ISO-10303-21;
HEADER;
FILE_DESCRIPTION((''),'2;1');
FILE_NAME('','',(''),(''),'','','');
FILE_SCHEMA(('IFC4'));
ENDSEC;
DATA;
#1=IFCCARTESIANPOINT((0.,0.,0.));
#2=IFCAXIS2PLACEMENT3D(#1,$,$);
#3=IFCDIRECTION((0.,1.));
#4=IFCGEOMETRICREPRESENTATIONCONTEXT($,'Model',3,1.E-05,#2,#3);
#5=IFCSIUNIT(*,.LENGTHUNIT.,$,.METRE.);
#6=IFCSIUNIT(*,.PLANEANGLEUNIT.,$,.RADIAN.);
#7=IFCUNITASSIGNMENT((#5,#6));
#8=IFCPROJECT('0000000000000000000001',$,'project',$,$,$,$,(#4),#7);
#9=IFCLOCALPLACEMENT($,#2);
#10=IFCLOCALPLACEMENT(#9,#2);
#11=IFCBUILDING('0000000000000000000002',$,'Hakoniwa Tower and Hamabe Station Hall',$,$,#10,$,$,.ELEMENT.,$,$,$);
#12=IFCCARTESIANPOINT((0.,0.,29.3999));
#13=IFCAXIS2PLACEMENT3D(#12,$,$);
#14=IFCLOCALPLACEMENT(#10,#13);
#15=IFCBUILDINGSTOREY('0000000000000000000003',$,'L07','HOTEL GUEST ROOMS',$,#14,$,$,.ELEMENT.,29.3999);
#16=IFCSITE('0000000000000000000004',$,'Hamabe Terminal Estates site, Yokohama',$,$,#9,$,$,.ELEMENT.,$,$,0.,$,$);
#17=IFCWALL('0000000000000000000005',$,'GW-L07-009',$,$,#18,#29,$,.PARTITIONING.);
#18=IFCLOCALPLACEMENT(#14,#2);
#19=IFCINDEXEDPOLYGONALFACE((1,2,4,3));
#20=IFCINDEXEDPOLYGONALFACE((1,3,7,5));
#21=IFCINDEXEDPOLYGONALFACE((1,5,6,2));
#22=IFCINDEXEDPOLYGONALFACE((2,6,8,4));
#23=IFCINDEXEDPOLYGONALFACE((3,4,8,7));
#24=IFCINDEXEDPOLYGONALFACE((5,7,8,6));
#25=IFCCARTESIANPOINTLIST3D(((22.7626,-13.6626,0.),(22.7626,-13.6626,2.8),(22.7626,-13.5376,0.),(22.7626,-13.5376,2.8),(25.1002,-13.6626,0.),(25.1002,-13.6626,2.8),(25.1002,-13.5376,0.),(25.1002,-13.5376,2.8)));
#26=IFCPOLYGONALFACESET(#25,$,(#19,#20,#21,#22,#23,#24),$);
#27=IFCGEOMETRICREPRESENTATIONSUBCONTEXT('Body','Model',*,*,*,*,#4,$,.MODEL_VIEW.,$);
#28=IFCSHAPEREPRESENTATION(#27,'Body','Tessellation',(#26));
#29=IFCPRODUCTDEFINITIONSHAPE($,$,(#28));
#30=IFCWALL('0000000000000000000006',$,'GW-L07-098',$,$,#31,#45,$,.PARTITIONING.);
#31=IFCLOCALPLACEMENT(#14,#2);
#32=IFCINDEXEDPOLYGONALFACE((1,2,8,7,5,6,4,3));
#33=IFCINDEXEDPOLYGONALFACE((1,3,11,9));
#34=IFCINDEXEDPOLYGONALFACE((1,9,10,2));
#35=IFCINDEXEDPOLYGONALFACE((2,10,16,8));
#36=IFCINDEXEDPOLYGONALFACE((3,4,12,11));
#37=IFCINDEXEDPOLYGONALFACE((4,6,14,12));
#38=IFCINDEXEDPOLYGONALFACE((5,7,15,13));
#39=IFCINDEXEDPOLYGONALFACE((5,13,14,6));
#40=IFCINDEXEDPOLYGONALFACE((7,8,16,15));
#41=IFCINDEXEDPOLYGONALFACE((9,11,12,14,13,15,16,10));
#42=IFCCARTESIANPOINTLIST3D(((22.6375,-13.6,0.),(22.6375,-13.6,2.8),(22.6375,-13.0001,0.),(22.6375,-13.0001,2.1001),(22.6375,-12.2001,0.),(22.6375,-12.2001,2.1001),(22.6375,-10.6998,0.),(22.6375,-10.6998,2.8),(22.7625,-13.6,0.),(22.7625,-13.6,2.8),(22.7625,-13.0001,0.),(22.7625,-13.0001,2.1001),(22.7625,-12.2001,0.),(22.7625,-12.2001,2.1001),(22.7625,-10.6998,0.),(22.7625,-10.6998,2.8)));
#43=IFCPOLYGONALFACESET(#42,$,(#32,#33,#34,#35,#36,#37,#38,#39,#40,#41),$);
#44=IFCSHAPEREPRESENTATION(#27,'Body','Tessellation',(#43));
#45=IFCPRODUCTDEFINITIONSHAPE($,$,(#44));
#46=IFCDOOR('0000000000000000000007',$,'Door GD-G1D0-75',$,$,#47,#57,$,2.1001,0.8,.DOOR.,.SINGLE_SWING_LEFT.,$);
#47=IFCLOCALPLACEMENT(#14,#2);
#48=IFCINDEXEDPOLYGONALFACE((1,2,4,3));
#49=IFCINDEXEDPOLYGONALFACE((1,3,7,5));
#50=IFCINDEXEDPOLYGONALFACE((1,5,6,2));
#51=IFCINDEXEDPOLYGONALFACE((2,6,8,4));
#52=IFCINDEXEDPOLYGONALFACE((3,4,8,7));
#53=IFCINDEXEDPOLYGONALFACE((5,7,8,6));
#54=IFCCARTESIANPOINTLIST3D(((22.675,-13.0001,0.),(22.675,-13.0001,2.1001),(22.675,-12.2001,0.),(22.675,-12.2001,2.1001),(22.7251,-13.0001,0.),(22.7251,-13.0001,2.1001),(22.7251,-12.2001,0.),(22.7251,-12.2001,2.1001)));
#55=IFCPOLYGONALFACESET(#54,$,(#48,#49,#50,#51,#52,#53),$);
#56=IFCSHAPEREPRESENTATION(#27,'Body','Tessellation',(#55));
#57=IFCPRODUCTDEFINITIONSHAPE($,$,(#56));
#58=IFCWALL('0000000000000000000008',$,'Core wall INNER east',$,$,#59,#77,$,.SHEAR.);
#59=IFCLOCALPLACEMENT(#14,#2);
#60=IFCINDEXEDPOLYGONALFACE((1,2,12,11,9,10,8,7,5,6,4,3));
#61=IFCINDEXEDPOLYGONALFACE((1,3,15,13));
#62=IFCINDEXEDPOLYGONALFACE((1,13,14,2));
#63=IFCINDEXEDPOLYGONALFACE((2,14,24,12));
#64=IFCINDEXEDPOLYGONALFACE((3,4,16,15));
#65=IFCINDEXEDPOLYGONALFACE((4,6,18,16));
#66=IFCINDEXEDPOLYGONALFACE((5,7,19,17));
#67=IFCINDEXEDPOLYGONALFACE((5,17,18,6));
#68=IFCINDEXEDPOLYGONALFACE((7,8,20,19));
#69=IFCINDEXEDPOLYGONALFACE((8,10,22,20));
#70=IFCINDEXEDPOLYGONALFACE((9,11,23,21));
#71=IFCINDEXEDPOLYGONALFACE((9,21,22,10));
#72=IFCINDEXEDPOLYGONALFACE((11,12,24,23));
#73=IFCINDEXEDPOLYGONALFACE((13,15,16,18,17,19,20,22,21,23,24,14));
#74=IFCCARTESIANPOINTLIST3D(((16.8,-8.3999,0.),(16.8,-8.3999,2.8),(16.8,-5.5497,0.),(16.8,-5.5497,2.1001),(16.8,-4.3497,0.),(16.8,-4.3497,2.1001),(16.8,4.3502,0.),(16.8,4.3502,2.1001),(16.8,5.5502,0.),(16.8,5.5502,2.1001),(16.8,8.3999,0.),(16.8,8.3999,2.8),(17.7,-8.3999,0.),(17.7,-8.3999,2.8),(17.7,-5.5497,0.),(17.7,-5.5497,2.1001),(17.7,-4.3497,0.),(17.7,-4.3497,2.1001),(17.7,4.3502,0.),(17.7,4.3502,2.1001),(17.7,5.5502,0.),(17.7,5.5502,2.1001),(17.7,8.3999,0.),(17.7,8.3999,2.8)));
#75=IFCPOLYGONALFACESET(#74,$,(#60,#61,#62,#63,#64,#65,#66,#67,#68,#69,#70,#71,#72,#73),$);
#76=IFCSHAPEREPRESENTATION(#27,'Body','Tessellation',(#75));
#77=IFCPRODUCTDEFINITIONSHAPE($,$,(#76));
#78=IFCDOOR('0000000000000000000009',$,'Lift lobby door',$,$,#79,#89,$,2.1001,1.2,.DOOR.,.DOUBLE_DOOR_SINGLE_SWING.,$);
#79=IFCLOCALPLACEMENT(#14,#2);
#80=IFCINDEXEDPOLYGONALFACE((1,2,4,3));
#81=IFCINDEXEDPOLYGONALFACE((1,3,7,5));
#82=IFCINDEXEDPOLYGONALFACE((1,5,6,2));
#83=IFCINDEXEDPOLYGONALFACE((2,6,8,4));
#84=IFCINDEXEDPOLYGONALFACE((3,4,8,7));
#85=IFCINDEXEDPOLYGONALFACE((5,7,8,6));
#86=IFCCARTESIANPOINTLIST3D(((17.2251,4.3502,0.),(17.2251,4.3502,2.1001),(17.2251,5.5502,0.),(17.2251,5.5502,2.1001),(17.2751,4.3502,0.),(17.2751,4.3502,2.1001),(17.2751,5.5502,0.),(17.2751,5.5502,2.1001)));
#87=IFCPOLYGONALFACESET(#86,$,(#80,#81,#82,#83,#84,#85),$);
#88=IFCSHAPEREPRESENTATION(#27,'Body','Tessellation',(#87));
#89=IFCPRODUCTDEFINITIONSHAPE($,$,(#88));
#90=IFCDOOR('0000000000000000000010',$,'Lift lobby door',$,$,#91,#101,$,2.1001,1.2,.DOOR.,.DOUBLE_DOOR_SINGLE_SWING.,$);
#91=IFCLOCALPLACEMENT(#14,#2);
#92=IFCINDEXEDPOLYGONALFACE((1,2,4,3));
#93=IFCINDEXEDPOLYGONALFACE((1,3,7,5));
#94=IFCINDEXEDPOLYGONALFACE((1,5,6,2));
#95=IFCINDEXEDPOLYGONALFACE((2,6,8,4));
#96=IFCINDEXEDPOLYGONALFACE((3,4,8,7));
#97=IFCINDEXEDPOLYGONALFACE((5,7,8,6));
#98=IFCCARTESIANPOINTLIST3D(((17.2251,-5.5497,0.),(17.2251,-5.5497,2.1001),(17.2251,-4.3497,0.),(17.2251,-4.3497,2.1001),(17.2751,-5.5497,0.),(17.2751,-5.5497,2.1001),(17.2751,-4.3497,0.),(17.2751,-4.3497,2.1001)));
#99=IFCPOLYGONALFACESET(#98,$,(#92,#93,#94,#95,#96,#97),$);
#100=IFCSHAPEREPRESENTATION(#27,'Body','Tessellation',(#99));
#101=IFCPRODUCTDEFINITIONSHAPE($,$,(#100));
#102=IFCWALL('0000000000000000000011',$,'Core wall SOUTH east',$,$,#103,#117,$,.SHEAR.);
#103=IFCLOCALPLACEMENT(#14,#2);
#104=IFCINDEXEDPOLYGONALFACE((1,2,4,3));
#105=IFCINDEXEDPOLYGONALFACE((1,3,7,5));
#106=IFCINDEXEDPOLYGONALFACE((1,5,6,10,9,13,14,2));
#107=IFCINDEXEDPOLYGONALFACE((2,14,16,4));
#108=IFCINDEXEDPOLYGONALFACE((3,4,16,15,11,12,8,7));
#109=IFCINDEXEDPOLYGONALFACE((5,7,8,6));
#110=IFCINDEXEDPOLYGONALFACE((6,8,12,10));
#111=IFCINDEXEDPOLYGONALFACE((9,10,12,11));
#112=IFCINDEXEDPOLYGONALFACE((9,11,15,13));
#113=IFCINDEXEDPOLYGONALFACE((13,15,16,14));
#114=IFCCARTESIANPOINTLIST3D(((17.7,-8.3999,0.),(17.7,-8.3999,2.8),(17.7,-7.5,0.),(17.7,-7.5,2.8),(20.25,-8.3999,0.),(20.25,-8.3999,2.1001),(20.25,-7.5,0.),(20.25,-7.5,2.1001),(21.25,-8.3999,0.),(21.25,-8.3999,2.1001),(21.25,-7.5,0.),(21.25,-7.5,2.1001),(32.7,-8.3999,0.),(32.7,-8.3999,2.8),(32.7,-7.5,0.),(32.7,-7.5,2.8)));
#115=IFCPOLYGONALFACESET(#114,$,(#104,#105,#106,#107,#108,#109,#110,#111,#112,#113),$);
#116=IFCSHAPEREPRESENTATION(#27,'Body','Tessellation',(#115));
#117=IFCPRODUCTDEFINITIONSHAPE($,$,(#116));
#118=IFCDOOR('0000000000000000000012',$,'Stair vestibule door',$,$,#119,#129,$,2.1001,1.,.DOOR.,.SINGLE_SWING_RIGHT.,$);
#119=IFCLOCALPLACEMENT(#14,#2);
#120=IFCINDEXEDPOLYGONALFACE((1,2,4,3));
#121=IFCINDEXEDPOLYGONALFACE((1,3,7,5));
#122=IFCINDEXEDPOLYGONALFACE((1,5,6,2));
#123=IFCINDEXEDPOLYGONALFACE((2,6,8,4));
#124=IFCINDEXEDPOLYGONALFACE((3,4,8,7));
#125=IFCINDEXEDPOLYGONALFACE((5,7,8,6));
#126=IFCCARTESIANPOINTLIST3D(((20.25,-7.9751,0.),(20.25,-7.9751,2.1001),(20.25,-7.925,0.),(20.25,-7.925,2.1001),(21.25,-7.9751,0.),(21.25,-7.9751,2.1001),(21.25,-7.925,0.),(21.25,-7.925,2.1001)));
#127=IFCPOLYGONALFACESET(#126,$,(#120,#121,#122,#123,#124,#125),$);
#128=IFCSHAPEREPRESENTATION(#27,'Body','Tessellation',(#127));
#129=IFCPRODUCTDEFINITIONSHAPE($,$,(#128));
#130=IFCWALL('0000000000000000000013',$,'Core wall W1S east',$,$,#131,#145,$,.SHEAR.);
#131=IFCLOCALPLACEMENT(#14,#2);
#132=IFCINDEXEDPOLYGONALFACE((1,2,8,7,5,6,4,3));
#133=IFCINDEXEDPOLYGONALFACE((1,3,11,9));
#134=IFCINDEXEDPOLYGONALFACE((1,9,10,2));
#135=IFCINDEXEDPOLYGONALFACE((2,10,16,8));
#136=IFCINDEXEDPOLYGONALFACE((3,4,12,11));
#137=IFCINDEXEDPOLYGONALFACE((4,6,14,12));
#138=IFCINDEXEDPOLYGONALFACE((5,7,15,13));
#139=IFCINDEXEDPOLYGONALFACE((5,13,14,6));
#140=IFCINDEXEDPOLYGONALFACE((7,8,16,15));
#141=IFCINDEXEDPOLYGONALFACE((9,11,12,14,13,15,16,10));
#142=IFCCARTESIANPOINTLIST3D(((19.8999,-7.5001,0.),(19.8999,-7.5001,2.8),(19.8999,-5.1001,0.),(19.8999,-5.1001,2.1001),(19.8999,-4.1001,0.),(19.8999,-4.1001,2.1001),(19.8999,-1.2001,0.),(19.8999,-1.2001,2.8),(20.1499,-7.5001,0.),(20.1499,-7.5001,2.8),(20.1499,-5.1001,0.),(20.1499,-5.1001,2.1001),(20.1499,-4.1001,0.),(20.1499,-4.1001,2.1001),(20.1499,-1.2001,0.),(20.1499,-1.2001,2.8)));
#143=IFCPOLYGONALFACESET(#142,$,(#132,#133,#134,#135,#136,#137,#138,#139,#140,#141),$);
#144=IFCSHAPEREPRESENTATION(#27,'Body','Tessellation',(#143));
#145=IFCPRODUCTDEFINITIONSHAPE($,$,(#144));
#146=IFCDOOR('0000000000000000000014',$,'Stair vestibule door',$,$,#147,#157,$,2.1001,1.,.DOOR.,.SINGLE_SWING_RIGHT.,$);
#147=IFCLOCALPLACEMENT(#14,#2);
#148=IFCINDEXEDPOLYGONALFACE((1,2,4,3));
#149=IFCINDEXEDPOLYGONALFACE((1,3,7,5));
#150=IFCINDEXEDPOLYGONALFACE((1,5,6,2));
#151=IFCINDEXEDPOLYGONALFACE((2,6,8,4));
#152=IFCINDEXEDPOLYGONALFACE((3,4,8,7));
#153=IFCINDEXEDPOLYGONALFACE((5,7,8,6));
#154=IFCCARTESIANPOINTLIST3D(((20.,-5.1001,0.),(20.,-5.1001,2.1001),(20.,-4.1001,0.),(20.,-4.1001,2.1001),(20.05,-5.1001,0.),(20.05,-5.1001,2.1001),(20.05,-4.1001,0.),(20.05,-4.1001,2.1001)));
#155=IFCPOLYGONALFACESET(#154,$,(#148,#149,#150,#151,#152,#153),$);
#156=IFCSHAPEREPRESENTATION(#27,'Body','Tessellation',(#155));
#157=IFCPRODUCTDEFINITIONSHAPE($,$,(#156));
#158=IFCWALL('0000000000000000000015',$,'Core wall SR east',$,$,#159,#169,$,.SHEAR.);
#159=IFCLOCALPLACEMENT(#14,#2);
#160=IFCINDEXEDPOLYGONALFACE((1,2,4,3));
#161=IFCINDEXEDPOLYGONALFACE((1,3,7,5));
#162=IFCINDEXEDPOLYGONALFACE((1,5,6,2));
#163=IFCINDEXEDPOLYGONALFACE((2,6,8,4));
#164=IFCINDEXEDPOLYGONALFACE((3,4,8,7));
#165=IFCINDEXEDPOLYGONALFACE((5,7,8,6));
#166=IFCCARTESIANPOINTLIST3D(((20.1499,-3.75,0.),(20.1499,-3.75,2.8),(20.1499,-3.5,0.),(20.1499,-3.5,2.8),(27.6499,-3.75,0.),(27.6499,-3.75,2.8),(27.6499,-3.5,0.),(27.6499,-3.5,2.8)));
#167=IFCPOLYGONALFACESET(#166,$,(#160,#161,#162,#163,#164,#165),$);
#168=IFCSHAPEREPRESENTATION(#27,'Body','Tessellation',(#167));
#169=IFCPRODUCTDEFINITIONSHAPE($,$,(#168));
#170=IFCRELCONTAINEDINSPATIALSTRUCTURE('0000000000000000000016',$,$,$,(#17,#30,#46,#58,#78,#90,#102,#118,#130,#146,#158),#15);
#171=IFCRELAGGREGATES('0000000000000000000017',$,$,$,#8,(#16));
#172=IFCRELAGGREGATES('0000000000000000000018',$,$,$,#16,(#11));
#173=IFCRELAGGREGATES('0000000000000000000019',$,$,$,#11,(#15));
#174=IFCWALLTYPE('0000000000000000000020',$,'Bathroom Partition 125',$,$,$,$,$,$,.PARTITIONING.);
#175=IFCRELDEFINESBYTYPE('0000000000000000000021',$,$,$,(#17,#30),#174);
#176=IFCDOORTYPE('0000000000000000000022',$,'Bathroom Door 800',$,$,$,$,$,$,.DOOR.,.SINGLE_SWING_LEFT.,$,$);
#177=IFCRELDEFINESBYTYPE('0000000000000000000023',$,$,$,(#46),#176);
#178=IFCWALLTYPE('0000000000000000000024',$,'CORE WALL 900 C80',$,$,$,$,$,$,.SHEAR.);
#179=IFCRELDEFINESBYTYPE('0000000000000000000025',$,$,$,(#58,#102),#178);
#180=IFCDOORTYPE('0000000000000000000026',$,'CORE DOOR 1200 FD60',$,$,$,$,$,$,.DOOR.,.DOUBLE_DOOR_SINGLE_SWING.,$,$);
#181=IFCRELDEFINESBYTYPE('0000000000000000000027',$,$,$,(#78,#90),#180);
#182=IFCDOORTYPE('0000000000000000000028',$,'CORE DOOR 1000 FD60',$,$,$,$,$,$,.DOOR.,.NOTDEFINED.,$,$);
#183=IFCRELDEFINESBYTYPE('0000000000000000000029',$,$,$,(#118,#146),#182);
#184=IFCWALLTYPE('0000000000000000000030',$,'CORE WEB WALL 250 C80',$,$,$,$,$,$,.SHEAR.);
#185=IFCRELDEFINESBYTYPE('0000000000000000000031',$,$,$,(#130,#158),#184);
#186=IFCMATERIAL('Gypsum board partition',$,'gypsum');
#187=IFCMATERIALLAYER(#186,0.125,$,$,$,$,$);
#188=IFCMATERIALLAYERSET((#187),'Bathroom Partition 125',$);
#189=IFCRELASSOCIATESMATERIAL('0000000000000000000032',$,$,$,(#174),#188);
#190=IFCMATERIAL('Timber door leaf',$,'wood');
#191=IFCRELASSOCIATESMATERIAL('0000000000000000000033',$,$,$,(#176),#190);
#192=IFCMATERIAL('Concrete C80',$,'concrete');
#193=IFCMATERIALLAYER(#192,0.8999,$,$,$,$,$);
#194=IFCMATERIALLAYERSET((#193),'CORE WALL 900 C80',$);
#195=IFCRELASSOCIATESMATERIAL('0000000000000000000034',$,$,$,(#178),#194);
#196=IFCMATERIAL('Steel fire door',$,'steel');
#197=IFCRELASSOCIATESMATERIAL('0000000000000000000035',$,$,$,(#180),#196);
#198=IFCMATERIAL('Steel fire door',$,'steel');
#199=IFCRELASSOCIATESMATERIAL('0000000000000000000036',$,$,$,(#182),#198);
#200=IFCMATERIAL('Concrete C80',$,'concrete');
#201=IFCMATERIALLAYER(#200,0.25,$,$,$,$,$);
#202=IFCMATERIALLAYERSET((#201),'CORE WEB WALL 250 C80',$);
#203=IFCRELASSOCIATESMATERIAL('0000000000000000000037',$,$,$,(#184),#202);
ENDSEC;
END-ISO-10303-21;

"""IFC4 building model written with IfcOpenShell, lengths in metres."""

from ifc_helpers import new_model, si_unit, direction, frame, frame_2d, origin, place, context, subcontext, project, spatial, rectangle, extrude, material, layer, layer_set, type_object, element, fill, save


model = new_model("IFC4")

# Units and contexts
model_context = context("Model", 3, precision=1e-05, world=origin(), true_north=direction((0.0, 1.0)))
body_context = subcontext(model_context, "Body", "Model", "MODEL_VIEW")
ifc_project = project(units=[si_unit("LENGTHUNIT", "METRE"), si_unit("PLANEANGLEUNIT", "RADIAN")], contexts=[model_context])

# Site, building, storey
site_placement = place(None, origin())
site = spatial("IfcSite", under=ifc_project, at=site_placement, Name="Hamabe Terminal Estates site, Yokohama", CompositionType="ELEMENT", RefElevation=0.0)
building_placement = place(site_placement, origin())
building = spatial("IfcBuilding", under=site, at=building_placement, Name="Hakoniwa Tower and Hamabe Station Hall", CompositionType="ELEMENT")
storey_placement = place(building_placement, frame((0.0, 0.0, 29.3999)))
storey = spatial("IfcBuildingStorey", under=building, at=storey_placement, Name="L07", Description="HOTEL GUEST ROOMS", CompositionType="ELEMENT", Elevation=29.3999)

# Wall
ifc_material_1 = material(Name="Gypsum board partition", Category="gypsum")
ifc_layer_1 = layer(ifc_material_1, 0.125)
ifc_layer_set_1 = layer_set([ifc_layer_1], Name="Bathroom Partition 125")
wall_type_1 = type_object("IfcWallType", Name="Bathroom Partition 125", PredefinedType="PARTITIONING", material=ifc_layer_set_1)
wall_1_placement = place(storey_placement, frame((22.7625, -13.6001, 0.0), z_axis=(0.0, 0.0, 1.0), x_axis=(1.0, 0.0, 0.0)))
element("IfcWall", 1, at=wall_1_placement, inside=storey, type_object=wall_type_1, Name="GW-L07-009", PredefinedType="PARTITIONING", context=body_context, shape_type="SweptSolid", body=[
    extrude(rectangle(XDim=2.3376, YDim=0.125, at=frame_2d((1.1689, 0.0))), origin(), (0.0, 0.0, 1.0), 2.8),
])

# Wall, opening, door
wall_2_placement = place(storey_placement, frame((22.7, -13.6001, 0.0), z_axis=(0.0, 0.0, 1.0), x_axis=(0.0, 1.0, 0.0)))
wall_2 = element("IfcWall", 2, at=wall_2_placement, inside=storey, type_object=wall_type_1, Name="GW-L07-098", PredefinedType="PARTITIONING", context=body_context, shape_type="SweptSolid", body=[
    extrude(rectangle(XDim=2.9001, YDim=0.125, at=frame_2d((1.4502, 0.0))), origin(), (0.0, 0.0, 1.0), 2.8),
])
opening_1_placement = place(wall_2_placement, frame((0.6001, 0.0, 0.0)))
opening_1 = element("IfcOpeningElement", 3, at=opening_1_placement, cuts=wall_2, PredefinedType="OPENING", context=body_context, shape_type="SweptSolid", body=[
    extrude(rectangle(XDim=0.8, YDim=2.1001, at=frame_2d((0.3999, 1.05))), frame((0.0, 0.0725, 0.0), z_axis=(0.0, -1.0, 0.0), x_axis=(1.0, 0.0, 0.0)), (0.0, 0.0, 1.0), 0.145),
])
ifc_material_2 = material(Name="Timber door leaf", Category="wood")
door_type_1 = type_object("IfcDoorType", Name="Bathroom Door 800", OperationType="SINGLE_SWING_LEFT", PredefinedType="DOOR", material=ifc_material_2)
door_1_placement = place(opening_1_placement, origin())
door_1 = element("IfcDoor", 4, at=door_1_placement, inside=storey, type_object=door_type_1, Name="Door GD-G1D0-75", OperationType="SINGLE_SWING_LEFT", OverallHeight=2.1001, OverallWidth=0.8, PredefinedType="DOOR", context=body_context, shape_type="SweptSolid", body=[
    extrude(rectangle(XDim=0.8, YDim=2.1001, at=frame_2d((0.3999, 1.05))), frame((0.0, 0.0249, 0.0), z_axis=(0.0, -1.0, 0.0), x_axis=(1.0, 0.0, 0.0)), (0.0, 0.0, 1.0), 0.05),
])
fill(opening_1, door_1)

# Wall, openings, doors
ifc_material_3 = material(Name="Concrete C80", Category="concrete")
ifc_layer_2 = layer(ifc_material_3, 0.8999)
ifc_layer_set_2 = layer_set([ifc_layer_2], Name="CORE WALL 900 C80")
wall_type_2 = type_object("IfcWallType", Name="CORE WALL 900 C80", PredefinedType="SHEAR", material=ifc_layer_set_2)
wall_3_placement = place(storey_placement, frame((17.25, -8.3999, 0.0), z_axis=(0.0, 0.0, 1.0), x_axis=(0.0, 1.0, 0.0)))
wall_3 = element("IfcWall", 5, at=wall_3_placement, inside=storey, type_object=wall_type_2, Name="Core wall INNER east", PredefinedType="SHEAR", context=body_context, shape_type="SweptSolid", body=[
    extrude(rectangle(XDim=16.7998, YDim=0.8999, at=frame_2d((8.3999, 0.0))), origin(), (0.0, 0.0, 1.0), 2.8),
])
opening_2_placement = place(wall_3_placement, frame((12.75, 0.0, 0.0)))
opening_2 = element("IfcOpeningElement", 6, at=opening_2_placement, cuts=wall_3, PredefinedType="OPENING", context=body_context, shape_type="SweptSolid", body=[
    extrude(rectangle(XDim=1.2, YDim=2.1001, at=frame_2d((0.6001, 1.05))), frame((0.0, 0.46, 0.0), z_axis=(0.0, -1.0, 0.0), x_axis=(1.0, 0.0, 0.0)), (0.0, 0.0, 1.0), 0.9199),
])
opening_3_placement = place(wall_3_placement, frame((2.8501, 0.0, 0.0)))
opening_3 = element("IfcOpeningElement", 7, at=opening_3_placement, cuts=wall_3, PredefinedType="OPENING", context=body_context, shape_type="SweptSolid", body=[
    extrude(rectangle(XDim=1.2, YDim=2.1001, at=frame_2d((0.6001, 1.05))), frame((0.0, 0.46, 0.0), z_axis=(0.0, -1.0, 0.0), x_axis=(1.0, 0.0, 0.0)), (0.0, 0.0, 1.0), 0.9199),
])
ifc_material_4 = material(Name="Steel fire door", Category="steel")
door_type_2 = type_object("IfcDoorType", Name="CORE DOOR 1200 FD60", OperationType="DOUBLE_DOOR_SINGLE_SWING", PredefinedType="DOOR", material=ifc_material_4)
door_2_placement = place(opening_2_placement, origin())
door_2 = element("IfcDoor", 8, at=door_2_placement, inside=storey, type_object=door_type_2, Name="Lift lobby door", OperationType="DOUBLE_DOOR_SINGLE_SWING", OverallHeight=2.1001, OverallWidth=1.2, PredefinedType="DOOR", context=body_context, shape_type="SweptSolid", body=[
    extrude(rectangle(XDim=1.2, YDim=2.1001, at=frame_2d((0.6001, 1.05))), frame((0.0, 0.0249, 0.0), z_axis=(0.0, -1.0, 0.0), x_axis=(1.0, 0.0, 0.0)), (0.0, 0.0, 1.0), 0.05),
])
fill(opening_2, door_2)
door_3_placement = place(opening_3_placement, origin())
door_3 = element("IfcDoor", 9, at=door_3_placement, inside=storey, type_object=door_type_2, Name="Lift lobby door", OperationType="DOUBLE_DOOR_SINGLE_SWING", OverallHeight=2.1001, OverallWidth=1.2, PredefinedType="DOOR", context=body_context, shape_type="SweptSolid", body=[
    extrude(rectangle(XDim=1.2, YDim=2.1001, at=frame_2d((0.6001, 1.05))), frame((0.0, 0.0249, 0.0), z_axis=(0.0, -1.0, 0.0), x_axis=(1.0, 0.0, 0.0)), (0.0, 0.0, 1.0), 0.05),
])
fill(opening_3, door_3)

# Walls, openings, doors
wall_4_placement = place(storey_placement, frame((17.7, -7.95, 0.0), z_axis=(0.0, 0.0, 1.0), x_axis=(1.0, 0.0, 0.0)))
wall_4 = element("IfcWall", 10, at=wall_4_placement, inside=storey, type_object=wall_type_2, Name="Core wall SOUTH east", PredefinedType="SHEAR", context=body_context, shape_type="SweptSolid", body=[
    extrude(rectangle(XDim=15.0, YDim=0.8999, at=frame_2d((7.5, 0.0))), origin(), (0.0, 0.0, 1.0), 2.8),
])
opening_4_placement = place(wall_4_placement, frame((2.55, 0.0, 0.0)))
opening_4 = element("IfcOpeningElement", 11, at=opening_4_placement, cuts=wall_4, PredefinedType="OPENING", context=body_context, shape_type="SweptSolid", body=[
    extrude(rectangle(XDim=1.0, YDim=2.1001, at=frame_2d((0.5, 1.05))), frame((0.0, 0.46, 0.0), z_axis=(0.0, -1.0, 0.0), x_axis=(1.0, 0.0, 0.0)), (0.0, 0.0, 1.0), 0.9199),
])
ifc_material_5 = material(Name="Steel fire door", Category="steel")
door_type_3 = type_object("IfcDoorType", Name="CORE DOOR 1000 FD60", OperationType="NOTDEFINED", PredefinedType="DOOR", material=ifc_material_5)
door_4_placement = place(opening_4_placement, origin())
door_4 = element("IfcDoor", 12, at=door_4_placement, inside=storey, type_object=door_type_3, Name="Stair vestibule door", OperationType="SINGLE_SWING_RIGHT", OverallHeight=2.1001, OverallWidth=1.0, PredefinedType="DOOR", context=body_context, shape_type="SweptSolid", body=[
    extrude(rectangle(XDim=1.0, YDim=2.1001, at=frame_2d((0.5, 1.05))), frame((0.0, 0.0249, 0.0), z_axis=(0.0, -1.0, 0.0), x_axis=(1.0, 0.0, 0.0)), (0.0, 0.0, 1.0), 0.05),
])
fill(opening_4, door_4)
ifc_material_6 = material(Name="Concrete C80", Category="concrete")
ifc_layer_3 = layer(ifc_material_6, 0.25)
ifc_layer_set_3 = layer_set([ifc_layer_3], Name="CORE WEB WALL 250 C80")
wall_type_3 = type_object("IfcWallType", Name="CORE WEB WALL 250 C80", PredefinedType="SHEAR", material=ifc_layer_set_3)
wall_5_placement = place(storey_placement, frame((20.0249, -7.5, 0.0), z_axis=(0.0, 0.0, 1.0), x_axis=(0.0, 1.0, 0.0)))
wall_5 = element("IfcWall", 13, at=wall_5_placement, inside=storey, type_object=wall_type_3, Name="Core wall W1S east", PredefinedType="SHEAR", context=body_context, shape_type="SweptSolid", body=[
    extrude(rectangle(XDim=6.3, YDim=0.25, at=frame_2d((3.1499, 0.0))), origin(), (0.0, 0.0, 1.0), 2.8),
])
opening_5_placement = place(wall_5_placement, frame((2.3999, 0.0, 0.0)))
opening_5 = element("IfcOpeningElement", 14, at=opening_5_placement, cuts=wall_5, PredefinedType="OPENING", context=body_context, shape_type="SweptSolid", body=[
    extrude(rectangle(XDim=1.0, YDim=2.1001, at=frame_2d((0.5, 1.05))), frame((0.0, 0.135, 0.0), z_axis=(0.0, -1.0, 0.0), x_axis=(1.0, 0.0, 0.0)), (0.0, 0.0, 1.0), 0.27),
])
door_5_placement = place(opening_5_placement, origin())
door_5 = element("IfcDoor", 15, at=door_5_placement, inside=storey, type_object=door_type_3, Name="Stair vestibule door", OperationType="SINGLE_SWING_RIGHT", OverallHeight=2.1001, OverallWidth=1.0, PredefinedType="DOOR", context=body_context, shape_type="SweptSolid", body=[
    extrude(rectangle(XDim=1.0, YDim=2.1001, at=frame_2d((0.5, 1.05))), frame((0.0, 0.0249, 0.0), z_axis=(0.0, -1.0, 0.0), x_axis=(1.0, 0.0, 0.0)), (0.0, 0.0, 1.0), 0.05),
])
fill(opening_5, door_5)

# Wall
wall_6_placement = place(storey_placement, frame((20.1499, -3.625, 0.0), z_axis=(0.0, 0.0, 1.0), x_axis=(1.0, 0.0, 0.0)))
element("IfcWall", 16, at=wall_6_placement, inside=storey, type_object=wall_type_3, Name="Core wall SR east", PredefinedType="SHEAR", context=body_context, shape_type="SweptSolid", body=[
    extrude(rectangle(XDim=7.5, YDim=0.25, at=frame_2d((3.75, 0.0))), origin(), (0.0, 0.0, 1.0), 2.8),
])

save(model, "model.ifc")
